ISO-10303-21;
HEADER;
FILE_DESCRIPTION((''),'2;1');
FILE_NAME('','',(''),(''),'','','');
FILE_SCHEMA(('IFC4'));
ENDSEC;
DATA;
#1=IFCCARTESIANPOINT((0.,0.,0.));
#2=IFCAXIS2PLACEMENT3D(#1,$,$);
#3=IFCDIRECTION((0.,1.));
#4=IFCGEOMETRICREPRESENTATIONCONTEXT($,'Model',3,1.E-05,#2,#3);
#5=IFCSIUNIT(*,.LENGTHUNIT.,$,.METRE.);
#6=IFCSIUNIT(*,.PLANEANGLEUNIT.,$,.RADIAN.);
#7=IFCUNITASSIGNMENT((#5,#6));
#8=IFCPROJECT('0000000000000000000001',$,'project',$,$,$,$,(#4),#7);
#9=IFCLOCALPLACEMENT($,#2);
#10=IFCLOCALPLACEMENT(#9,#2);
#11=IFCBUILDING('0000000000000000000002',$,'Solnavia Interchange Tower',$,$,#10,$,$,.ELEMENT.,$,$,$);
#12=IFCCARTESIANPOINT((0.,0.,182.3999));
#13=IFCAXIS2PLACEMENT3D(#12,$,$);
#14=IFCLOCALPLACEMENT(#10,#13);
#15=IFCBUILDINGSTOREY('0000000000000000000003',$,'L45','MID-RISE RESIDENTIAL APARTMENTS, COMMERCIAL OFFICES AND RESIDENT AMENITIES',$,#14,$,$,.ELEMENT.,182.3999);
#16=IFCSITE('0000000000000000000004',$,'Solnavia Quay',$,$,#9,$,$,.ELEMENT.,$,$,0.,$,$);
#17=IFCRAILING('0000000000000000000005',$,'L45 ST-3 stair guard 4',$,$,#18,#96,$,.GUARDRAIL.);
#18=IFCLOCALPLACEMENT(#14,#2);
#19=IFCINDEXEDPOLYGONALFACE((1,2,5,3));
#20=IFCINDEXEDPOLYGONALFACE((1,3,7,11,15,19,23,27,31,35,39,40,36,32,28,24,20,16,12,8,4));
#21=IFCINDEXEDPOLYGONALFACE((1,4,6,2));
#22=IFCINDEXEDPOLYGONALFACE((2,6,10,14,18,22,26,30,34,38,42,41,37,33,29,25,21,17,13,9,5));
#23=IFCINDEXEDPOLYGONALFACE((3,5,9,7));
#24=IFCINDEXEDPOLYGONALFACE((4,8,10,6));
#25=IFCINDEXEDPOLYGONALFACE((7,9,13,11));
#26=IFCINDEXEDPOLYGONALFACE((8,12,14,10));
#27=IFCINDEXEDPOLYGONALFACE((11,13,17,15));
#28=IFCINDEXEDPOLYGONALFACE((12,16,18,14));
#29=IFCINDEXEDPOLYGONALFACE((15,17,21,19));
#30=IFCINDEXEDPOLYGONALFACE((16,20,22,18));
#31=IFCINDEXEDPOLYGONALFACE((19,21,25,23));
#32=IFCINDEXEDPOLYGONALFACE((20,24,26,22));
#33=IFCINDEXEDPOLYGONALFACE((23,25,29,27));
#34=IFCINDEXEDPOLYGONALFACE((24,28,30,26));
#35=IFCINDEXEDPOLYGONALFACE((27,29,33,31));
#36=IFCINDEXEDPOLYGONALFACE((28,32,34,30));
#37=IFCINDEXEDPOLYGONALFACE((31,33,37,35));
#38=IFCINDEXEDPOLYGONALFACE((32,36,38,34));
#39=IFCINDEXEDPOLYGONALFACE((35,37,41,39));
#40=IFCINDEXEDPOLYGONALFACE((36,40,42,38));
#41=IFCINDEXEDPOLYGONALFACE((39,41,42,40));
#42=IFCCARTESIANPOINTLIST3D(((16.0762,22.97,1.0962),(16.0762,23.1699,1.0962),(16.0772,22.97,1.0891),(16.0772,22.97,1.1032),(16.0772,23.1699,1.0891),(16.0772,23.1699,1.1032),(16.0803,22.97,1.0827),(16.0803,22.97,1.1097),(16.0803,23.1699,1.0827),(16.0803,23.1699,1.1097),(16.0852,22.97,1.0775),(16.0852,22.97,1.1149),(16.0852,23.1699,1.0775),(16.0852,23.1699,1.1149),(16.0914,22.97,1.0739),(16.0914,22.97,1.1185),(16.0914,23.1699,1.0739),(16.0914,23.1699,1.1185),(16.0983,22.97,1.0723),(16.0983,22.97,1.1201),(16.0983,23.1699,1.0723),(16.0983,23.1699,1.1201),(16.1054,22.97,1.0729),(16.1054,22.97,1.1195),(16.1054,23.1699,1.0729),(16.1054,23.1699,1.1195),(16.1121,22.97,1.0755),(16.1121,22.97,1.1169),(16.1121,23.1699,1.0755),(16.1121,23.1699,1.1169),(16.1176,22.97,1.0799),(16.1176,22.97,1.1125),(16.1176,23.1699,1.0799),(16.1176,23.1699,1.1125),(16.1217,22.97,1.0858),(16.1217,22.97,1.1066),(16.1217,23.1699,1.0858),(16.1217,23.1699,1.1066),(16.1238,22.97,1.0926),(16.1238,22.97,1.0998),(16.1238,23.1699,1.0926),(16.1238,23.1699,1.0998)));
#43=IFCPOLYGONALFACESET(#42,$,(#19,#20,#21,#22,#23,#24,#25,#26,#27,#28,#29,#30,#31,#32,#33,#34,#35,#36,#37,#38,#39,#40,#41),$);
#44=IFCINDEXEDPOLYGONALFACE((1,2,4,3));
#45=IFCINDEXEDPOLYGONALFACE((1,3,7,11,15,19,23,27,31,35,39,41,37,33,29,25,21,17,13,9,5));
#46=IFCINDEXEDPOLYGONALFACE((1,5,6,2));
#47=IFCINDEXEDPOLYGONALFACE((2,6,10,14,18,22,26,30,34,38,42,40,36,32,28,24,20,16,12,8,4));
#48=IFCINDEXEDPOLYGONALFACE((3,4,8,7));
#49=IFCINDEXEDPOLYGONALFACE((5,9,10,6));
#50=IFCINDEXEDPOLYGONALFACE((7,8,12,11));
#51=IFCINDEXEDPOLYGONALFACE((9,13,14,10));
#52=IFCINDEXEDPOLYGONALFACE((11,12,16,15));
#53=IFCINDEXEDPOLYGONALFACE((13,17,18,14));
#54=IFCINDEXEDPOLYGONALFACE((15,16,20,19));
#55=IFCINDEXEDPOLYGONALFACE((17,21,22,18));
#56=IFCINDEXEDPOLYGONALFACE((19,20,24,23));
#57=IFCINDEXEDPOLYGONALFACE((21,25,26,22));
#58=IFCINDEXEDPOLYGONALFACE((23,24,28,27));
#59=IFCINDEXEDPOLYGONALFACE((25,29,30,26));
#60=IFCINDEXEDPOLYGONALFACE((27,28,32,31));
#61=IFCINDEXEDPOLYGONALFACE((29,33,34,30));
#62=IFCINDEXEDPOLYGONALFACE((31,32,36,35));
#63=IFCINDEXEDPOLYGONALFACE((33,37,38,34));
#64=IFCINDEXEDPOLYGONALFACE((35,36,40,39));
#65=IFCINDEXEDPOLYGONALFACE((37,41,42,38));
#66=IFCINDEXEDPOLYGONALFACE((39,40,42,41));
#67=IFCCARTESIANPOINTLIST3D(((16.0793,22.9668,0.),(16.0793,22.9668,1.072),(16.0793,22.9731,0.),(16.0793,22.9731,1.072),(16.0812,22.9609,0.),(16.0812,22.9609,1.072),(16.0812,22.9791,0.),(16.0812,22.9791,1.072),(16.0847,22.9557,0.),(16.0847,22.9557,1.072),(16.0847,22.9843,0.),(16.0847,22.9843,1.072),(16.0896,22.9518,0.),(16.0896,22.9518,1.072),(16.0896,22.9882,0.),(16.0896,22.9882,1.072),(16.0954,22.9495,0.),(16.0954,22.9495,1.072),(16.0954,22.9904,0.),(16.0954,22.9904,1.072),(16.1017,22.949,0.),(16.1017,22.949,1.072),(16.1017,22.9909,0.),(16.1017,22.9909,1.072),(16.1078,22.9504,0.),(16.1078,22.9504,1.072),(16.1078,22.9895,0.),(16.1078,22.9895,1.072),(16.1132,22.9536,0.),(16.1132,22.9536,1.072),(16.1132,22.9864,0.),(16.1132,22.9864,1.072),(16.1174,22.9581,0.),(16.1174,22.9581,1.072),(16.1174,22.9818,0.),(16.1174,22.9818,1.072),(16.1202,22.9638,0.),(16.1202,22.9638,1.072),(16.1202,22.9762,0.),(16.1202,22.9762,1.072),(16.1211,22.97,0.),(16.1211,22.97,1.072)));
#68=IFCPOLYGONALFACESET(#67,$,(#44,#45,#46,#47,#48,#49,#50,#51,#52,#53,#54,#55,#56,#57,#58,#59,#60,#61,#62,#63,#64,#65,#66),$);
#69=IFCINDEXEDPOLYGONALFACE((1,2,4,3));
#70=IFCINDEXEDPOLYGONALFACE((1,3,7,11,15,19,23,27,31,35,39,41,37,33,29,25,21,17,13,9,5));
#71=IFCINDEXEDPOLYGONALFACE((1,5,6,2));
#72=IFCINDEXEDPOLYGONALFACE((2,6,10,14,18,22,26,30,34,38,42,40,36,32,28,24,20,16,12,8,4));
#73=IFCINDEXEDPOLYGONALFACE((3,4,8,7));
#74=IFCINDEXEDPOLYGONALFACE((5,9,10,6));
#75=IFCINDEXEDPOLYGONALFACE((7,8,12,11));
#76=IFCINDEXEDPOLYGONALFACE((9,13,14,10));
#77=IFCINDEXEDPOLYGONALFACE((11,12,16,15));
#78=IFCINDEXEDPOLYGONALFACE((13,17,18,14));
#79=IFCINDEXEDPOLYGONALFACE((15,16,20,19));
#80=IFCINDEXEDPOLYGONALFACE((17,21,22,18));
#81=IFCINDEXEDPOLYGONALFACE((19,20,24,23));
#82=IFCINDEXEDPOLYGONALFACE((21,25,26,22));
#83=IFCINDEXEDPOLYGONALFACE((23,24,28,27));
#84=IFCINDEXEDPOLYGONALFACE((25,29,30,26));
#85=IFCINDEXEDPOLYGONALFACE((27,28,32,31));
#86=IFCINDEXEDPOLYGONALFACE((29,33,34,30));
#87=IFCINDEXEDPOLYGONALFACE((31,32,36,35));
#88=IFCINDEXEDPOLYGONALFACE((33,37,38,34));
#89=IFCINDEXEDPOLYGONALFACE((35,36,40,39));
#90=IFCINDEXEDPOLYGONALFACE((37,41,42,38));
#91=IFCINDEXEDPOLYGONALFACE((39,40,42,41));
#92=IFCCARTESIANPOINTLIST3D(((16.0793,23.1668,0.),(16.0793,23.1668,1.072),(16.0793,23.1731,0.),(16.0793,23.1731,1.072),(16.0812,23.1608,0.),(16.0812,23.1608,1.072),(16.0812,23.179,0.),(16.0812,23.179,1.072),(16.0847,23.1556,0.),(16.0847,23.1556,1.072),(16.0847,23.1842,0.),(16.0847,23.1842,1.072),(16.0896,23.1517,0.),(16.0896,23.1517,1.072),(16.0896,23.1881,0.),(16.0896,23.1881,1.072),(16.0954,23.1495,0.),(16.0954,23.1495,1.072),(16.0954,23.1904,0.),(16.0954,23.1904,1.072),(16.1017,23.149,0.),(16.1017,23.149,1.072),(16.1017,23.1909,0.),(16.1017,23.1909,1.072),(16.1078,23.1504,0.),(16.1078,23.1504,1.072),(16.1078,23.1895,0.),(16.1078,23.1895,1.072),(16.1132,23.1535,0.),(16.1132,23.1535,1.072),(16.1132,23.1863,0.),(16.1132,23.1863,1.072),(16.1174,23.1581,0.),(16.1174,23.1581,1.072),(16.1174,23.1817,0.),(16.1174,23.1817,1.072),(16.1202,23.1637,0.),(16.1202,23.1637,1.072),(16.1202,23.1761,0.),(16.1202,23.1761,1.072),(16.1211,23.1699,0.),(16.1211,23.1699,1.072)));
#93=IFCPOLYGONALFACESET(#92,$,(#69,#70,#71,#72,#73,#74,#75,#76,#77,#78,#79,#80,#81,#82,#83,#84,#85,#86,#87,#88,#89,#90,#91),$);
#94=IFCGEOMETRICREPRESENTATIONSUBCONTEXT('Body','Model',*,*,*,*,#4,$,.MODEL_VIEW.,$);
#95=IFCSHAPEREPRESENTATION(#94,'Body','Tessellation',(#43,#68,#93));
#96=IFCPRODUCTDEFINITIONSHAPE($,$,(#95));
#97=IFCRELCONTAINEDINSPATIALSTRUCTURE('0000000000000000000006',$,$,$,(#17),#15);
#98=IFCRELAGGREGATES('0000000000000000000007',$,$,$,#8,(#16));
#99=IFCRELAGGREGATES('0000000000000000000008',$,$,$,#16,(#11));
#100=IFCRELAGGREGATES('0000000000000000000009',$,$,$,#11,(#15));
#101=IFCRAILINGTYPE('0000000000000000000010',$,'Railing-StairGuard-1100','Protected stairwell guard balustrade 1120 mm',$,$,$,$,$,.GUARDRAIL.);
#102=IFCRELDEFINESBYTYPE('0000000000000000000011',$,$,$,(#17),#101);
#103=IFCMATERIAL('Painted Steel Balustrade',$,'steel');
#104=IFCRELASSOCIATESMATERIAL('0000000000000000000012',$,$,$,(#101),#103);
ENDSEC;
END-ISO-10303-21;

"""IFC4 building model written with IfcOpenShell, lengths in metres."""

from ifc_helpers import new_model, si_unit, direction, frame, origin, origin_2d, place, context, subcontext, project, spatial, circle, extrude, material, type_object, element, save


model = new_model("IFC4")

# Units and contexts
model_context = context("Model", 3, precision=1e-05, world=origin(), true_north=direction((0.0, 1.0)))
body_context = subcontext(model_context, "Body", "Model", "MODEL_VIEW")
ifc_project = project(units=[si_unit("LENGTHUNIT", "METRE"), si_unit("PLANEANGLEUNIT", "RADIAN")], contexts=[model_context])

# Site, building, storey
site_placement = place(None, origin())
site = spatial("IfcSite", under=ifc_project, at=site_placement, Name="Solnavia Quay", CompositionType="ELEMENT", RefElevation=0.0)
building_placement = place(site_placement, origin())
building = spatial("IfcBuilding", under=site, at=building_placement, Name="Solnavia Interchange Tower", CompositionType="ELEMENT")
storey_placement = place(building_placement, frame((0.0, 0.0, 182.3999)))
storey = spatial("IfcBuildingStorey", under=building, at=storey_placement, Name="L45", Description="MID-RISE RESIDENTIAL APARTMENTS, COMMERCIAL OFFICES AND RESIDENT AMENITIES", CompositionType="ELEMENT", Elevation=182.3999)

# Railing
ifc_material_1 = material(Name="Painted Steel Balustrade", Category="steel")
railing_type_1 = type_object("IfcRailingType", Name="Railing-StairGuard-1100", Description="Protected stairwell guard balustrade 1120 mm", PredefinedType="GUARDRAIL", material=ifc_material_1)
railing_1_placement = place(storey_placement, frame((16.1001, 22.97, 0.0)))
element("IfcRailing", 1, at=railing_1_placement, inside=storey, type_object=railing_type_1, Name="L45 ST-3 stair guard 4", PredefinedType="GUARDRAIL", context=body_context, shape_type="SweptSolid", body=[
    extrude(circle(Radius=0.0239, at=origin_2d()), frame((0.0, 0.0, 1.0962), z_axis=(0.0, 1.0, 0.0), x_axis=(-1.0, 0.0, 0.0)), (0.0, 0.0, 1.0), 0.2),
    extrude(circle(Radius=0.021, at=origin_2d()), origin(), (0.0, 0.0, 1.0), 1.072),
    extrude(circle(Radius=0.021, at=origin_2d()), frame((0.0, 0.2, 0.0)), (0.0, 0.0, 1.0), 1.072),
])

save(model, "model.ifc")
